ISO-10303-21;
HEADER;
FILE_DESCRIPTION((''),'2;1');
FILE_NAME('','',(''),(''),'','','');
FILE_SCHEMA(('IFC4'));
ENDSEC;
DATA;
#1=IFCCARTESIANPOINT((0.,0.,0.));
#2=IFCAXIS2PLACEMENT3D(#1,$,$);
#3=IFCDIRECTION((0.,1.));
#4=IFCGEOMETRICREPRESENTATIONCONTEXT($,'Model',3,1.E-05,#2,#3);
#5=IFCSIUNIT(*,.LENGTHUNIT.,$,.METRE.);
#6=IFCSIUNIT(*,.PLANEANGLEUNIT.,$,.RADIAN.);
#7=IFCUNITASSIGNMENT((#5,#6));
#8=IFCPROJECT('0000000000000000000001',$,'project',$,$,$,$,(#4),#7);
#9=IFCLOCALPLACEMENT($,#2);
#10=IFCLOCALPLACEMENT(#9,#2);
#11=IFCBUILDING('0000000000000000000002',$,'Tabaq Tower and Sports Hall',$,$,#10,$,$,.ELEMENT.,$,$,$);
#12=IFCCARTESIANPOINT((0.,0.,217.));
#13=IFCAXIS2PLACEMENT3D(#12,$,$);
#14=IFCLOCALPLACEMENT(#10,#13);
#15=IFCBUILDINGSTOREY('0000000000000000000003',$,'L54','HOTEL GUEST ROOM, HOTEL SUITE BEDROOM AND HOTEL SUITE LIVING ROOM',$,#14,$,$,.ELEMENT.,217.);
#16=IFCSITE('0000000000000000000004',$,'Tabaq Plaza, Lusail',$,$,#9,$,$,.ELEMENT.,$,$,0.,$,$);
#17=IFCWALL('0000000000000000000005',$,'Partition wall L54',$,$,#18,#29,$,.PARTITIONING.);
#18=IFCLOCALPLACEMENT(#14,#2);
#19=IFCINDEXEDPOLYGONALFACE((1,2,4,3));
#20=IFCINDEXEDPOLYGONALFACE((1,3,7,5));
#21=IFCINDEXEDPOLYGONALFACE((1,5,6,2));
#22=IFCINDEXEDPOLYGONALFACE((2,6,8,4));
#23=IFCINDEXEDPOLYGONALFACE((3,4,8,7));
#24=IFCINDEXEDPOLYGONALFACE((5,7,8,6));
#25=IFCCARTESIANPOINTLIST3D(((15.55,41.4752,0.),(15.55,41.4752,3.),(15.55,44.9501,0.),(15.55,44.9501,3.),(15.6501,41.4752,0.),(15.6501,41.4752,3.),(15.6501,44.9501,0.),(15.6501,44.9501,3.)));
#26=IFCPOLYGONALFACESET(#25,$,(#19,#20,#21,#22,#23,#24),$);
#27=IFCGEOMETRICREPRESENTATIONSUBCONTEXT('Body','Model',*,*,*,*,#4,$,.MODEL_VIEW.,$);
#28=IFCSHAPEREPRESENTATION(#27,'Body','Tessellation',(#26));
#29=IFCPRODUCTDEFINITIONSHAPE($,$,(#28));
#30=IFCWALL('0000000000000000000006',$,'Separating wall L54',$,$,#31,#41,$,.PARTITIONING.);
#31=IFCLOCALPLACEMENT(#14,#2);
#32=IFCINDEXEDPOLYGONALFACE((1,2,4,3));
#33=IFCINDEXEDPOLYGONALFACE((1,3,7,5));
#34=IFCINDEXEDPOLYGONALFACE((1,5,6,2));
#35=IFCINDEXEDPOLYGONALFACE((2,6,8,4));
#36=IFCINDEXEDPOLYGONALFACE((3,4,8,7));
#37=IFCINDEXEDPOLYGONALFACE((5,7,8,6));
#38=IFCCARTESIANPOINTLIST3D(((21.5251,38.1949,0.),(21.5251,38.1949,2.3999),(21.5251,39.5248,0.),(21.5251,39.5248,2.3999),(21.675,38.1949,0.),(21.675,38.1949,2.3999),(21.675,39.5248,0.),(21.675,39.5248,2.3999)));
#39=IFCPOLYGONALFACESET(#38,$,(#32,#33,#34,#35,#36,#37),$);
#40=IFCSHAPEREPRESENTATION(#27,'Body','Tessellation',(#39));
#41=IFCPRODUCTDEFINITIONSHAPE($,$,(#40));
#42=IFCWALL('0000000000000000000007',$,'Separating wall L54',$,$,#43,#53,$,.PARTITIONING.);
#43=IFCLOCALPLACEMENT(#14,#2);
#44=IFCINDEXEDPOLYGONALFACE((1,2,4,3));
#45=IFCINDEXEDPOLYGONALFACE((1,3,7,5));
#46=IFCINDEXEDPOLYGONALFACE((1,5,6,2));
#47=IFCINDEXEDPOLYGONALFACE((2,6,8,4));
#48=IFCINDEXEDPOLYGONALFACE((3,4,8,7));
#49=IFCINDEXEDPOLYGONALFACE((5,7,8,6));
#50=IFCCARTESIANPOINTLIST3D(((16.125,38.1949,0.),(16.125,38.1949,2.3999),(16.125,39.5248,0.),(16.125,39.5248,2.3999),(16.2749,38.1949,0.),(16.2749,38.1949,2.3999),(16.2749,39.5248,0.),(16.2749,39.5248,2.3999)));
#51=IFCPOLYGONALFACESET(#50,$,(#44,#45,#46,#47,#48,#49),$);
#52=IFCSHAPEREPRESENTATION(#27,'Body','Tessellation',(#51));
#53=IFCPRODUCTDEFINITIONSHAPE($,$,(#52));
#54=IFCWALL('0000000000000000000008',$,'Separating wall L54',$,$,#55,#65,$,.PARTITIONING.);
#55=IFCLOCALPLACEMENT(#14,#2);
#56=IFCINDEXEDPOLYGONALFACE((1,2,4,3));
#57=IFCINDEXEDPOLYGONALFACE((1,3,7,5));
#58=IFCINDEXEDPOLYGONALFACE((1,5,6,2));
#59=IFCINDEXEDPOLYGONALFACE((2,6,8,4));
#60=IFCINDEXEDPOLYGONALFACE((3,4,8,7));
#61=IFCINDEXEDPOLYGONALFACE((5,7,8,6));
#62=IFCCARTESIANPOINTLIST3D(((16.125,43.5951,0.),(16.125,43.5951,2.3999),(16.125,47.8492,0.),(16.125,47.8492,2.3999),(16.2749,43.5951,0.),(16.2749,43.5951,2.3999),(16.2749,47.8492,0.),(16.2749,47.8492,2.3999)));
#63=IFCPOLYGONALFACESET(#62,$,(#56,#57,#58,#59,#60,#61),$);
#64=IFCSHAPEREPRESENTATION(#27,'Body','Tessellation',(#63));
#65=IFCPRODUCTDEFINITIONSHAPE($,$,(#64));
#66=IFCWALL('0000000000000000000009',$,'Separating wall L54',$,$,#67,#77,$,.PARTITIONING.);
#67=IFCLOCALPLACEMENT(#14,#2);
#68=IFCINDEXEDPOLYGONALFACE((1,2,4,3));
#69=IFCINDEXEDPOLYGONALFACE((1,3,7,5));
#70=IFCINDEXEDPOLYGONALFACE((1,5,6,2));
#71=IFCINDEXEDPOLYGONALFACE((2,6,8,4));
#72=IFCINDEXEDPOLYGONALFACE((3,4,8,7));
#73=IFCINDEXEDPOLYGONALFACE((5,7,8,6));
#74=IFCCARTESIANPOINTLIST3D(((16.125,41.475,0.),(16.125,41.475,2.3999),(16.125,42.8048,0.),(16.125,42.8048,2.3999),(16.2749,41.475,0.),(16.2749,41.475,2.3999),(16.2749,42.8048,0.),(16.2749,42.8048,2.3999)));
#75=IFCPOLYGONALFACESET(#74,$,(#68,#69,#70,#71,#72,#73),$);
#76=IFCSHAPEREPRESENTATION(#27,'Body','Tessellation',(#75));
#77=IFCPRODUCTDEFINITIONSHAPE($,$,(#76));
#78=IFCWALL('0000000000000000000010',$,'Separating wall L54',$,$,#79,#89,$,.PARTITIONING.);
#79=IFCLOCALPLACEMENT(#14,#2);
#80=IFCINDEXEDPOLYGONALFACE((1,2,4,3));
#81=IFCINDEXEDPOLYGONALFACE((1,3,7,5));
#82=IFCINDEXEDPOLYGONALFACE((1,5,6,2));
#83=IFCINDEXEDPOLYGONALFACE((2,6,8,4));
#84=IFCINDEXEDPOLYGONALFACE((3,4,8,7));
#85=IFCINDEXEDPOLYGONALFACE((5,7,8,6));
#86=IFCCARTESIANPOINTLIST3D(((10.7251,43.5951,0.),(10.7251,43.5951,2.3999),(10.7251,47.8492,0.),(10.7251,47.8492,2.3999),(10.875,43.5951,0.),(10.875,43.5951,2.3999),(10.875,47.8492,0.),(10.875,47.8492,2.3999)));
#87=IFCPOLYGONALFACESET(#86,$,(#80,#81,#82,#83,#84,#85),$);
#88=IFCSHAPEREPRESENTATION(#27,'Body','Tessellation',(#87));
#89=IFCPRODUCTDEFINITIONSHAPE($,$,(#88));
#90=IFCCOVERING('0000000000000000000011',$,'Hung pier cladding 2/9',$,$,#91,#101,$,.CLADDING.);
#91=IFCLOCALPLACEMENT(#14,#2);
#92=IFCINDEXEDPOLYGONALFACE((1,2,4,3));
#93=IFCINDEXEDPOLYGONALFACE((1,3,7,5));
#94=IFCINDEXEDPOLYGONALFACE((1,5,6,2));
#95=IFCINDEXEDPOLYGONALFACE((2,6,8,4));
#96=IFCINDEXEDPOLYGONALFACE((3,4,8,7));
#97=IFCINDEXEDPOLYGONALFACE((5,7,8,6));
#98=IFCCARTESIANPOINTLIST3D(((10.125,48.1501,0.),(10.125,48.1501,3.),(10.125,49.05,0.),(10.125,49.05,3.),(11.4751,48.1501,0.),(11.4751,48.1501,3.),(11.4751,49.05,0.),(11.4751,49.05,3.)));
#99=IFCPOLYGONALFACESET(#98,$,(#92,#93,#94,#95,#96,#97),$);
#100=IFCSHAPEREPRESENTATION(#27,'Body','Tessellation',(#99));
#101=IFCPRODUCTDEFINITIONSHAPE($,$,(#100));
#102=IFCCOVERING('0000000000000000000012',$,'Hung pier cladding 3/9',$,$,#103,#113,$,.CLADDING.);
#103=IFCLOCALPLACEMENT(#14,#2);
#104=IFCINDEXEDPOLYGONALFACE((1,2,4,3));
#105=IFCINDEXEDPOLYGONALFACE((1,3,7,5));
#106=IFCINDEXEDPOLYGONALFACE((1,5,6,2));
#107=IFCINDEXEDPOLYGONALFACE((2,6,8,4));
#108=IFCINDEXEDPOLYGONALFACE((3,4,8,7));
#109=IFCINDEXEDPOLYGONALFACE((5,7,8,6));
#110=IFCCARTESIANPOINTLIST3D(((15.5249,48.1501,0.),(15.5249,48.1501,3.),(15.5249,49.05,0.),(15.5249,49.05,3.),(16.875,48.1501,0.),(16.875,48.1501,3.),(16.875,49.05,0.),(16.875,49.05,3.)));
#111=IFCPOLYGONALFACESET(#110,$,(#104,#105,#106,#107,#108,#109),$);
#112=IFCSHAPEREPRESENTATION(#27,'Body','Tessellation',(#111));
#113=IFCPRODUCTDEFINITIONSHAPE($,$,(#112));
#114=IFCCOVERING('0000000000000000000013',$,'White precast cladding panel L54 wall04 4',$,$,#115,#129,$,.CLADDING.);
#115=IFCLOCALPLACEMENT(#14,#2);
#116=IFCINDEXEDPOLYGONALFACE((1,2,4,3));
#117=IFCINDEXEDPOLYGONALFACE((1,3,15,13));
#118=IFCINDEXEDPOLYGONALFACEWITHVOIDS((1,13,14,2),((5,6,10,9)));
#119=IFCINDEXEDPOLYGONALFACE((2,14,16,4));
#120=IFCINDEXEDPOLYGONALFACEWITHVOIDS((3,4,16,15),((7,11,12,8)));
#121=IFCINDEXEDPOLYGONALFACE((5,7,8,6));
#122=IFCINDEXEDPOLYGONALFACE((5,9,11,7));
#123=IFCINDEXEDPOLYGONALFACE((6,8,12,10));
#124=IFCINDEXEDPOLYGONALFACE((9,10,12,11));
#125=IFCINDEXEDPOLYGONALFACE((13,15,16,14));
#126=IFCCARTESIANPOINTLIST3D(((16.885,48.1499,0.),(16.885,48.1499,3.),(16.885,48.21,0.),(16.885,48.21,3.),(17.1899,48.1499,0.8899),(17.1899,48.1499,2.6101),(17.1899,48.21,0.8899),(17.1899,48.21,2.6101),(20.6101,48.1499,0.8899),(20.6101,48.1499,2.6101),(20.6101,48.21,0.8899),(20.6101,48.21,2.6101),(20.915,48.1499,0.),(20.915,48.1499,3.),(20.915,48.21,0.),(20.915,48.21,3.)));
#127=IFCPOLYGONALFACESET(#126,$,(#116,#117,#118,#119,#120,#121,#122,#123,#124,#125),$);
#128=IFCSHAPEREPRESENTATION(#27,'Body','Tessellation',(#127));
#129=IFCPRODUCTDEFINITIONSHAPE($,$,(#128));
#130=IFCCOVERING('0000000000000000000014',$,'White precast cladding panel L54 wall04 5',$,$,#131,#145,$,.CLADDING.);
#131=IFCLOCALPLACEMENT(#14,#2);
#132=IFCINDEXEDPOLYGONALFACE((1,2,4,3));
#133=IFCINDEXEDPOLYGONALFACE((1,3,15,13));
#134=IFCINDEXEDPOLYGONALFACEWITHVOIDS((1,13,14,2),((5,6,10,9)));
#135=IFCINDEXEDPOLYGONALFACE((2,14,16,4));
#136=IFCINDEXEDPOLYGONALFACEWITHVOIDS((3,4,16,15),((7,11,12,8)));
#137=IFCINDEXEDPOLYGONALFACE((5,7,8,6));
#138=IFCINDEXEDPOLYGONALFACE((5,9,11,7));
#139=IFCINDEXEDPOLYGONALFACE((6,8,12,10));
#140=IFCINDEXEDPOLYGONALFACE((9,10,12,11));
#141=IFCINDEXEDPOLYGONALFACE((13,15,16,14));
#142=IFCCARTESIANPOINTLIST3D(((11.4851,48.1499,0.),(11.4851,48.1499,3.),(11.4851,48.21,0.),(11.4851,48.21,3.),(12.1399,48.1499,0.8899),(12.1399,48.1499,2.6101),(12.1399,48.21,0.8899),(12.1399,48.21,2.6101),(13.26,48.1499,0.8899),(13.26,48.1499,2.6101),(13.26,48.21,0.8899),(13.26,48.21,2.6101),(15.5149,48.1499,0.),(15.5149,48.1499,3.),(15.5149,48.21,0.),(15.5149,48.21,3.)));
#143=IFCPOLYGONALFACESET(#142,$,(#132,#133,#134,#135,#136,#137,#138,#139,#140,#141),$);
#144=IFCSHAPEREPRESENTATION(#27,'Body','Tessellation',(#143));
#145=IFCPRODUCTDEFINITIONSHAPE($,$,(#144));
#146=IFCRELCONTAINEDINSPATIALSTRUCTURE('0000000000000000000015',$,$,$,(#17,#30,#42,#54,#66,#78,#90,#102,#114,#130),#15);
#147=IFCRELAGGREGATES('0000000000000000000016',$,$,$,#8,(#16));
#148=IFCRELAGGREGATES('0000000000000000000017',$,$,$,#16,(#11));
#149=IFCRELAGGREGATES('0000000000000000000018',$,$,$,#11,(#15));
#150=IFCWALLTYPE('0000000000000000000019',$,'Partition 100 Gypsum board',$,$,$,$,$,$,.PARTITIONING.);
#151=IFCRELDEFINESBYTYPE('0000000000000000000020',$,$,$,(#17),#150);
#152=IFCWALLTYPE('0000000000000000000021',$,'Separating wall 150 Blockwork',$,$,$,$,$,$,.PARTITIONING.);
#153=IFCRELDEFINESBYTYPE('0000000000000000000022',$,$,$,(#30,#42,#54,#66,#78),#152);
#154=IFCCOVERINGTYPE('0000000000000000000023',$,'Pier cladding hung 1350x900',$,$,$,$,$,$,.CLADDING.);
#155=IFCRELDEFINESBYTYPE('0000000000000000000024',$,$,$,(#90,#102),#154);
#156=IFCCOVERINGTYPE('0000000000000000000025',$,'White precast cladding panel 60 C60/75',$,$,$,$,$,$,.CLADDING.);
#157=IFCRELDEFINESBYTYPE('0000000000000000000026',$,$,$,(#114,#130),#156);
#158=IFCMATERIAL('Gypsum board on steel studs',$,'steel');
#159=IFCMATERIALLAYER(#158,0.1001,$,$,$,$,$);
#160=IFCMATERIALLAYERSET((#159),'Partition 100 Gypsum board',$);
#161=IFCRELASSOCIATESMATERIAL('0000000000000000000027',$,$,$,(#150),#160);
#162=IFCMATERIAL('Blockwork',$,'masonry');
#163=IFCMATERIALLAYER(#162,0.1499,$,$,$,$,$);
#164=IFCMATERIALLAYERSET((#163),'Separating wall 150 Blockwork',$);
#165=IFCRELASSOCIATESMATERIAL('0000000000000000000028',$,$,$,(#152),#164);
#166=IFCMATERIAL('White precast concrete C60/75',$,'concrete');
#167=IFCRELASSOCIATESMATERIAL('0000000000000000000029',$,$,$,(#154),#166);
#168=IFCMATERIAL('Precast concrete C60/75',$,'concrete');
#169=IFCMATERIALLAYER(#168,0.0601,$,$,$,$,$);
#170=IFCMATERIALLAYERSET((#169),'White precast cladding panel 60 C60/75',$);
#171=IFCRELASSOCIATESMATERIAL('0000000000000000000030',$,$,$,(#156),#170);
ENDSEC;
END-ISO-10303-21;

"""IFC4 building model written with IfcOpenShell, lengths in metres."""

from ifc_helpers import new_model, si_unit, direction, frame, frame_2d, origin, place, context, subcontext, project, spatial, polyline, rectangle, outline, extrude, material, layer, layer_set, type_object, element, save


model = new_model("IFC4")

# Units and contexts
model_context = context("Model", 3, precision=1e-05, world=origin(), true_north=direction((0.0, 1.0)))
body_context = subcontext(model_context, "Body", "Model", "MODEL_VIEW")
ifc_project = project(units=[si_unit("LENGTHUNIT", "METRE"), si_unit("PLANEANGLEUNIT", "RADIAN")], contexts=[model_context])

# Site, building, storey
site_placement = place(None, origin())
site = spatial("IfcSite", under=ifc_project, at=site_placement, Name="Tabaq Plaza, Lusail", CompositionType="ELEMENT", RefElevation=0.0)
building_placement = place(site_placement, origin())
building = spatial("IfcBuilding", under=site, at=building_placement, Name="Tabaq Tower and Sports Hall", CompositionType="ELEMENT")
storey_placement = place(building_placement, frame((0.0, 0.0, 217.0)))
storey = spatial("IfcBuildingStorey", under=building, at=storey_placement, Name="L54", Description="HOTEL GUEST ROOM, HOTEL SUITE BEDROOM AND HOTEL SUITE LIVING ROOM", CompositionType="ELEMENT", Elevation=217.0)

# Shared definitions
ifc_material_1 = material(Name="Gypsum board on steel studs", Category="steel")
ifc_layer_1 = layer(ifc_material_1, 0.1001)
ifc_layer_set_1 = layer_set([ifc_layer_1], Name="Partition 100 Gypsum board")
wall_type_1 = type_object("IfcWallType", Name="Partition 100 Gypsum board", PredefinedType="PARTITIONING", material=ifc_layer_set_1)

# Walls
wall_1_placement = place(storey_placement, frame((15.6001, 44.95, 0.0), z_axis=(0.0, 0.0, 1.0), x_axis=(0.0, -1.0, 0.0)))
element("IfcWall", 1, at=wall_1_placement, inside=storey, type_object=wall_type_1, Name="Partition wall L54", PredefinedType="PARTITIONING", context=body_context, shape_type="SweptSolid", body=[
    extrude(rectangle(XDim=3.4749, YDim=0.1001, at=frame_2d((1.7373, 0.0))), origin(), (0.0, 0.0, 1.0), 3.0),
])
ifc_material_2 = material(Name="Blockwork", Category="masonry")
ifc_layer_2 = layer(ifc_material_2, 0.1499)
ifc_layer_set_2 = layer_set([ifc_layer_2], Name="Separating wall 150 Blockwork")
wall_type_2 = type_object("IfcWallType", Name="Separating wall 150 Blockwork", PredefinedType="PARTITIONING", material=ifc_layer_set_2)
for number, where, z_axis, x_axis, name in (
    (2, (21.6001, 39.5249, 0.0), (0.0, 0.0, 1.0), (0.0, -1.0, 0.0), "Separating wall L54"),
    (3, (16.2, 39.5249, 0.0), (0.0, 0.0, 1.0), (0.0, -1.0, 0.0), "Separating wall L54"),
):
    element("IfcWall", number, at=place(storey_placement, frame(where, z_axis=z_axis, x_axis=x_axis)), inside=storey, type_object=wall_type_2, Name=name, PredefinedType="PARTITIONING", context=body_context, shape_type="SweptSolid", body=[
        extrude(rectangle(XDim=1.3298, YDim=0.1499, at=frame_2d((0.665, 0.0))), origin(), (0.0, 0.0, 1.0), 2.3999),
    ])
wall_2_placement = place(storey_placement, frame((16.2, 47.8491, 0.0), z_axis=(0.0, 0.0, 1.0), x_axis=(0.0, -1.0, 0.0)))
element("IfcWall", 4, at=wall_2_placement, inside=storey, type_object=wall_type_2, Name="Separating wall L54", PredefinedType="PARTITIONING", context=body_context, shape_type="SweptSolid", body=[
    extrude(rectangle(XDim=4.2542, YDim=0.1499, at=frame_2d((2.127, 0.0))), origin(), (0.0, 0.0, 1.0), 2.3999),
])
wall_3_placement = place(storey_placement, frame((16.2, 42.8049, 0.0), z_axis=(0.0, 0.0, 1.0), x_axis=(0.0, -1.0, 0.0)))
element("IfcWall", 5, at=wall_3_placement, inside=storey, type_object=wall_type_2, Name="Separating wall L54", PredefinedType="PARTITIONING", context=body_context, shape_type="SweptSolid", body=[
    extrude(rectangle(XDim=1.3298, YDim=0.1499, at=frame_2d((0.665, 0.0))), origin(), (0.0, 0.0, 1.0), 2.3999),
])
wall_4_placement = place(storey_placement, frame((10.8, 47.8491, 0.0), z_axis=(0.0, 0.0, 1.0), x_axis=(0.0, -1.0, 0.0)))
element("IfcWall", 6, at=wall_4_placement, inside=storey, type_object=wall_type_2, Name="Separating wall L54", PredefinedType="PARTITIONING", context=body_context, shape_type="SweptSolid", body=[
    extrude(rectangle(XDim=4.2542, YDim=0.1499, at=frame_2d((2.127, 0.0))), origin(), (0.0, 0.0, 1.0), 2.3999),
])

# Coverings
ifc_material_3 = material(Name="White precast concrete C60/75", Category="concrete")
covering_type_1 = type_object("IfcCoveringType", Name="Pier cladding hung 1350x900", PredefinedType="CLADDING", material=ifc_material_3)
for number, where, z_axis, x_axis, name in (
    (7, (11.4751, 48.6001, 0.0), (0.0, 0.0, 1.0), (-1.0, 0.0, 0.0), "Hung pier cladding 2/9"),
    (8, (16.875, 48.6001, 0.0), (0.0, 0.0, 1.0), (-1.0, 0.0, 0.0), "Hung pier cladding 3/9"),
):
    element("IfcCovering", number, at=place(storey_placement, frame(where, z_axis=z_axis, x_axis=x_axis)), inside=storey, type_object=covering_type_1, Name=name, PredefinedType="CLADDING", context=body_context, shape_type="SweptSolid", body=[
        extrude(rectangle(XDim=1.3501, YDim=0.8999, at=frame_2d((0.675, 0.0))), origin(), (0.0, 0.0, 1.0), 3.0),
    ])
ifc_material_4 = material(Name="Precast concrete C60/75", Category="concrete")
ifc_layer_3 = layer(ifc_material_4, 0.0601)
ifc_layer_set_3 = layer_set([ifc_layer_3], Name="White precast cladding panel 60 C60/75")
covering_type_2 = type_object("IfcCoveringType", Name="White precast cladding panel 60 C60/75", PredefinedType="CLADDING", material=ifc_layer_set_3)
covering_1_placement = place(storey_placement, frame((20.915, 48.1799, 0.0), z_axis=(0.0, 0.0, 1.0), x_axis=(-1.0, 0.0, 0.0)))
element("IfcCovering", 9, at=covering_1_placement, inside=storey, type_object=covering_type_2, Name="White precast cladding panel L54 wall04 4", PredefinedType="CLADDING", context=body_context, shape_type="SweptSolid", body=[
    extrude(outline(polyline([(0.0, 0.0), (4.03, 0.0), (4.03, 3.0), (0.0, 3.0), (0.0, 0.0)]), holes=[polyline([(0.3049, 0.8899), (0.3049, 2.6101), (3.7251, 2.6101), (3.7251, 0.8899), (0.3049, 0.8899)])]), frame((0.0, 0.03, 0.0), z_axis=(0.0, -1.0, 0.0), x_axis=(1.0, 0.0, 0.0)), (0.0, 0.0, 1.0), 0.0601),
])
covering_2_placement = place(storey_placement, frame((15.5149, 48.1799, 0.0), z_axis=(0.0, 0.0, 1.0), x_axis=(-1.0, 0.0, 0.0)))
element("IfcCovering", 10, at=covering_2_placement, inside=storey, type_object=covering_type_2, Name="White precast cladding panel L54 wall04 5", PredefinedType="CLADDING", context=body_context, shape_type="SweptSolid", body=[
    extrude(outline(polyline([(0.0, 0.0), (4.0298, 0.0), (4.0298, 3.0), (0.0, 3.0), (0.0, 0.0)]), holes=[polyline([(2.2549, 0.8899), (2.2549, 2.6101), (3.375, 2.6101), (3.375, 0.8899), (2.2549, 0.8899)])]), frame((0.0, 0.03, 0.0), z_axis=(0.0, -1.0, 0.0), x_axis=(1.0, 0.0, 0.0)), (0.0, 0.0, 1.0), 0.0601),
])

save(model, "model.ifc")
